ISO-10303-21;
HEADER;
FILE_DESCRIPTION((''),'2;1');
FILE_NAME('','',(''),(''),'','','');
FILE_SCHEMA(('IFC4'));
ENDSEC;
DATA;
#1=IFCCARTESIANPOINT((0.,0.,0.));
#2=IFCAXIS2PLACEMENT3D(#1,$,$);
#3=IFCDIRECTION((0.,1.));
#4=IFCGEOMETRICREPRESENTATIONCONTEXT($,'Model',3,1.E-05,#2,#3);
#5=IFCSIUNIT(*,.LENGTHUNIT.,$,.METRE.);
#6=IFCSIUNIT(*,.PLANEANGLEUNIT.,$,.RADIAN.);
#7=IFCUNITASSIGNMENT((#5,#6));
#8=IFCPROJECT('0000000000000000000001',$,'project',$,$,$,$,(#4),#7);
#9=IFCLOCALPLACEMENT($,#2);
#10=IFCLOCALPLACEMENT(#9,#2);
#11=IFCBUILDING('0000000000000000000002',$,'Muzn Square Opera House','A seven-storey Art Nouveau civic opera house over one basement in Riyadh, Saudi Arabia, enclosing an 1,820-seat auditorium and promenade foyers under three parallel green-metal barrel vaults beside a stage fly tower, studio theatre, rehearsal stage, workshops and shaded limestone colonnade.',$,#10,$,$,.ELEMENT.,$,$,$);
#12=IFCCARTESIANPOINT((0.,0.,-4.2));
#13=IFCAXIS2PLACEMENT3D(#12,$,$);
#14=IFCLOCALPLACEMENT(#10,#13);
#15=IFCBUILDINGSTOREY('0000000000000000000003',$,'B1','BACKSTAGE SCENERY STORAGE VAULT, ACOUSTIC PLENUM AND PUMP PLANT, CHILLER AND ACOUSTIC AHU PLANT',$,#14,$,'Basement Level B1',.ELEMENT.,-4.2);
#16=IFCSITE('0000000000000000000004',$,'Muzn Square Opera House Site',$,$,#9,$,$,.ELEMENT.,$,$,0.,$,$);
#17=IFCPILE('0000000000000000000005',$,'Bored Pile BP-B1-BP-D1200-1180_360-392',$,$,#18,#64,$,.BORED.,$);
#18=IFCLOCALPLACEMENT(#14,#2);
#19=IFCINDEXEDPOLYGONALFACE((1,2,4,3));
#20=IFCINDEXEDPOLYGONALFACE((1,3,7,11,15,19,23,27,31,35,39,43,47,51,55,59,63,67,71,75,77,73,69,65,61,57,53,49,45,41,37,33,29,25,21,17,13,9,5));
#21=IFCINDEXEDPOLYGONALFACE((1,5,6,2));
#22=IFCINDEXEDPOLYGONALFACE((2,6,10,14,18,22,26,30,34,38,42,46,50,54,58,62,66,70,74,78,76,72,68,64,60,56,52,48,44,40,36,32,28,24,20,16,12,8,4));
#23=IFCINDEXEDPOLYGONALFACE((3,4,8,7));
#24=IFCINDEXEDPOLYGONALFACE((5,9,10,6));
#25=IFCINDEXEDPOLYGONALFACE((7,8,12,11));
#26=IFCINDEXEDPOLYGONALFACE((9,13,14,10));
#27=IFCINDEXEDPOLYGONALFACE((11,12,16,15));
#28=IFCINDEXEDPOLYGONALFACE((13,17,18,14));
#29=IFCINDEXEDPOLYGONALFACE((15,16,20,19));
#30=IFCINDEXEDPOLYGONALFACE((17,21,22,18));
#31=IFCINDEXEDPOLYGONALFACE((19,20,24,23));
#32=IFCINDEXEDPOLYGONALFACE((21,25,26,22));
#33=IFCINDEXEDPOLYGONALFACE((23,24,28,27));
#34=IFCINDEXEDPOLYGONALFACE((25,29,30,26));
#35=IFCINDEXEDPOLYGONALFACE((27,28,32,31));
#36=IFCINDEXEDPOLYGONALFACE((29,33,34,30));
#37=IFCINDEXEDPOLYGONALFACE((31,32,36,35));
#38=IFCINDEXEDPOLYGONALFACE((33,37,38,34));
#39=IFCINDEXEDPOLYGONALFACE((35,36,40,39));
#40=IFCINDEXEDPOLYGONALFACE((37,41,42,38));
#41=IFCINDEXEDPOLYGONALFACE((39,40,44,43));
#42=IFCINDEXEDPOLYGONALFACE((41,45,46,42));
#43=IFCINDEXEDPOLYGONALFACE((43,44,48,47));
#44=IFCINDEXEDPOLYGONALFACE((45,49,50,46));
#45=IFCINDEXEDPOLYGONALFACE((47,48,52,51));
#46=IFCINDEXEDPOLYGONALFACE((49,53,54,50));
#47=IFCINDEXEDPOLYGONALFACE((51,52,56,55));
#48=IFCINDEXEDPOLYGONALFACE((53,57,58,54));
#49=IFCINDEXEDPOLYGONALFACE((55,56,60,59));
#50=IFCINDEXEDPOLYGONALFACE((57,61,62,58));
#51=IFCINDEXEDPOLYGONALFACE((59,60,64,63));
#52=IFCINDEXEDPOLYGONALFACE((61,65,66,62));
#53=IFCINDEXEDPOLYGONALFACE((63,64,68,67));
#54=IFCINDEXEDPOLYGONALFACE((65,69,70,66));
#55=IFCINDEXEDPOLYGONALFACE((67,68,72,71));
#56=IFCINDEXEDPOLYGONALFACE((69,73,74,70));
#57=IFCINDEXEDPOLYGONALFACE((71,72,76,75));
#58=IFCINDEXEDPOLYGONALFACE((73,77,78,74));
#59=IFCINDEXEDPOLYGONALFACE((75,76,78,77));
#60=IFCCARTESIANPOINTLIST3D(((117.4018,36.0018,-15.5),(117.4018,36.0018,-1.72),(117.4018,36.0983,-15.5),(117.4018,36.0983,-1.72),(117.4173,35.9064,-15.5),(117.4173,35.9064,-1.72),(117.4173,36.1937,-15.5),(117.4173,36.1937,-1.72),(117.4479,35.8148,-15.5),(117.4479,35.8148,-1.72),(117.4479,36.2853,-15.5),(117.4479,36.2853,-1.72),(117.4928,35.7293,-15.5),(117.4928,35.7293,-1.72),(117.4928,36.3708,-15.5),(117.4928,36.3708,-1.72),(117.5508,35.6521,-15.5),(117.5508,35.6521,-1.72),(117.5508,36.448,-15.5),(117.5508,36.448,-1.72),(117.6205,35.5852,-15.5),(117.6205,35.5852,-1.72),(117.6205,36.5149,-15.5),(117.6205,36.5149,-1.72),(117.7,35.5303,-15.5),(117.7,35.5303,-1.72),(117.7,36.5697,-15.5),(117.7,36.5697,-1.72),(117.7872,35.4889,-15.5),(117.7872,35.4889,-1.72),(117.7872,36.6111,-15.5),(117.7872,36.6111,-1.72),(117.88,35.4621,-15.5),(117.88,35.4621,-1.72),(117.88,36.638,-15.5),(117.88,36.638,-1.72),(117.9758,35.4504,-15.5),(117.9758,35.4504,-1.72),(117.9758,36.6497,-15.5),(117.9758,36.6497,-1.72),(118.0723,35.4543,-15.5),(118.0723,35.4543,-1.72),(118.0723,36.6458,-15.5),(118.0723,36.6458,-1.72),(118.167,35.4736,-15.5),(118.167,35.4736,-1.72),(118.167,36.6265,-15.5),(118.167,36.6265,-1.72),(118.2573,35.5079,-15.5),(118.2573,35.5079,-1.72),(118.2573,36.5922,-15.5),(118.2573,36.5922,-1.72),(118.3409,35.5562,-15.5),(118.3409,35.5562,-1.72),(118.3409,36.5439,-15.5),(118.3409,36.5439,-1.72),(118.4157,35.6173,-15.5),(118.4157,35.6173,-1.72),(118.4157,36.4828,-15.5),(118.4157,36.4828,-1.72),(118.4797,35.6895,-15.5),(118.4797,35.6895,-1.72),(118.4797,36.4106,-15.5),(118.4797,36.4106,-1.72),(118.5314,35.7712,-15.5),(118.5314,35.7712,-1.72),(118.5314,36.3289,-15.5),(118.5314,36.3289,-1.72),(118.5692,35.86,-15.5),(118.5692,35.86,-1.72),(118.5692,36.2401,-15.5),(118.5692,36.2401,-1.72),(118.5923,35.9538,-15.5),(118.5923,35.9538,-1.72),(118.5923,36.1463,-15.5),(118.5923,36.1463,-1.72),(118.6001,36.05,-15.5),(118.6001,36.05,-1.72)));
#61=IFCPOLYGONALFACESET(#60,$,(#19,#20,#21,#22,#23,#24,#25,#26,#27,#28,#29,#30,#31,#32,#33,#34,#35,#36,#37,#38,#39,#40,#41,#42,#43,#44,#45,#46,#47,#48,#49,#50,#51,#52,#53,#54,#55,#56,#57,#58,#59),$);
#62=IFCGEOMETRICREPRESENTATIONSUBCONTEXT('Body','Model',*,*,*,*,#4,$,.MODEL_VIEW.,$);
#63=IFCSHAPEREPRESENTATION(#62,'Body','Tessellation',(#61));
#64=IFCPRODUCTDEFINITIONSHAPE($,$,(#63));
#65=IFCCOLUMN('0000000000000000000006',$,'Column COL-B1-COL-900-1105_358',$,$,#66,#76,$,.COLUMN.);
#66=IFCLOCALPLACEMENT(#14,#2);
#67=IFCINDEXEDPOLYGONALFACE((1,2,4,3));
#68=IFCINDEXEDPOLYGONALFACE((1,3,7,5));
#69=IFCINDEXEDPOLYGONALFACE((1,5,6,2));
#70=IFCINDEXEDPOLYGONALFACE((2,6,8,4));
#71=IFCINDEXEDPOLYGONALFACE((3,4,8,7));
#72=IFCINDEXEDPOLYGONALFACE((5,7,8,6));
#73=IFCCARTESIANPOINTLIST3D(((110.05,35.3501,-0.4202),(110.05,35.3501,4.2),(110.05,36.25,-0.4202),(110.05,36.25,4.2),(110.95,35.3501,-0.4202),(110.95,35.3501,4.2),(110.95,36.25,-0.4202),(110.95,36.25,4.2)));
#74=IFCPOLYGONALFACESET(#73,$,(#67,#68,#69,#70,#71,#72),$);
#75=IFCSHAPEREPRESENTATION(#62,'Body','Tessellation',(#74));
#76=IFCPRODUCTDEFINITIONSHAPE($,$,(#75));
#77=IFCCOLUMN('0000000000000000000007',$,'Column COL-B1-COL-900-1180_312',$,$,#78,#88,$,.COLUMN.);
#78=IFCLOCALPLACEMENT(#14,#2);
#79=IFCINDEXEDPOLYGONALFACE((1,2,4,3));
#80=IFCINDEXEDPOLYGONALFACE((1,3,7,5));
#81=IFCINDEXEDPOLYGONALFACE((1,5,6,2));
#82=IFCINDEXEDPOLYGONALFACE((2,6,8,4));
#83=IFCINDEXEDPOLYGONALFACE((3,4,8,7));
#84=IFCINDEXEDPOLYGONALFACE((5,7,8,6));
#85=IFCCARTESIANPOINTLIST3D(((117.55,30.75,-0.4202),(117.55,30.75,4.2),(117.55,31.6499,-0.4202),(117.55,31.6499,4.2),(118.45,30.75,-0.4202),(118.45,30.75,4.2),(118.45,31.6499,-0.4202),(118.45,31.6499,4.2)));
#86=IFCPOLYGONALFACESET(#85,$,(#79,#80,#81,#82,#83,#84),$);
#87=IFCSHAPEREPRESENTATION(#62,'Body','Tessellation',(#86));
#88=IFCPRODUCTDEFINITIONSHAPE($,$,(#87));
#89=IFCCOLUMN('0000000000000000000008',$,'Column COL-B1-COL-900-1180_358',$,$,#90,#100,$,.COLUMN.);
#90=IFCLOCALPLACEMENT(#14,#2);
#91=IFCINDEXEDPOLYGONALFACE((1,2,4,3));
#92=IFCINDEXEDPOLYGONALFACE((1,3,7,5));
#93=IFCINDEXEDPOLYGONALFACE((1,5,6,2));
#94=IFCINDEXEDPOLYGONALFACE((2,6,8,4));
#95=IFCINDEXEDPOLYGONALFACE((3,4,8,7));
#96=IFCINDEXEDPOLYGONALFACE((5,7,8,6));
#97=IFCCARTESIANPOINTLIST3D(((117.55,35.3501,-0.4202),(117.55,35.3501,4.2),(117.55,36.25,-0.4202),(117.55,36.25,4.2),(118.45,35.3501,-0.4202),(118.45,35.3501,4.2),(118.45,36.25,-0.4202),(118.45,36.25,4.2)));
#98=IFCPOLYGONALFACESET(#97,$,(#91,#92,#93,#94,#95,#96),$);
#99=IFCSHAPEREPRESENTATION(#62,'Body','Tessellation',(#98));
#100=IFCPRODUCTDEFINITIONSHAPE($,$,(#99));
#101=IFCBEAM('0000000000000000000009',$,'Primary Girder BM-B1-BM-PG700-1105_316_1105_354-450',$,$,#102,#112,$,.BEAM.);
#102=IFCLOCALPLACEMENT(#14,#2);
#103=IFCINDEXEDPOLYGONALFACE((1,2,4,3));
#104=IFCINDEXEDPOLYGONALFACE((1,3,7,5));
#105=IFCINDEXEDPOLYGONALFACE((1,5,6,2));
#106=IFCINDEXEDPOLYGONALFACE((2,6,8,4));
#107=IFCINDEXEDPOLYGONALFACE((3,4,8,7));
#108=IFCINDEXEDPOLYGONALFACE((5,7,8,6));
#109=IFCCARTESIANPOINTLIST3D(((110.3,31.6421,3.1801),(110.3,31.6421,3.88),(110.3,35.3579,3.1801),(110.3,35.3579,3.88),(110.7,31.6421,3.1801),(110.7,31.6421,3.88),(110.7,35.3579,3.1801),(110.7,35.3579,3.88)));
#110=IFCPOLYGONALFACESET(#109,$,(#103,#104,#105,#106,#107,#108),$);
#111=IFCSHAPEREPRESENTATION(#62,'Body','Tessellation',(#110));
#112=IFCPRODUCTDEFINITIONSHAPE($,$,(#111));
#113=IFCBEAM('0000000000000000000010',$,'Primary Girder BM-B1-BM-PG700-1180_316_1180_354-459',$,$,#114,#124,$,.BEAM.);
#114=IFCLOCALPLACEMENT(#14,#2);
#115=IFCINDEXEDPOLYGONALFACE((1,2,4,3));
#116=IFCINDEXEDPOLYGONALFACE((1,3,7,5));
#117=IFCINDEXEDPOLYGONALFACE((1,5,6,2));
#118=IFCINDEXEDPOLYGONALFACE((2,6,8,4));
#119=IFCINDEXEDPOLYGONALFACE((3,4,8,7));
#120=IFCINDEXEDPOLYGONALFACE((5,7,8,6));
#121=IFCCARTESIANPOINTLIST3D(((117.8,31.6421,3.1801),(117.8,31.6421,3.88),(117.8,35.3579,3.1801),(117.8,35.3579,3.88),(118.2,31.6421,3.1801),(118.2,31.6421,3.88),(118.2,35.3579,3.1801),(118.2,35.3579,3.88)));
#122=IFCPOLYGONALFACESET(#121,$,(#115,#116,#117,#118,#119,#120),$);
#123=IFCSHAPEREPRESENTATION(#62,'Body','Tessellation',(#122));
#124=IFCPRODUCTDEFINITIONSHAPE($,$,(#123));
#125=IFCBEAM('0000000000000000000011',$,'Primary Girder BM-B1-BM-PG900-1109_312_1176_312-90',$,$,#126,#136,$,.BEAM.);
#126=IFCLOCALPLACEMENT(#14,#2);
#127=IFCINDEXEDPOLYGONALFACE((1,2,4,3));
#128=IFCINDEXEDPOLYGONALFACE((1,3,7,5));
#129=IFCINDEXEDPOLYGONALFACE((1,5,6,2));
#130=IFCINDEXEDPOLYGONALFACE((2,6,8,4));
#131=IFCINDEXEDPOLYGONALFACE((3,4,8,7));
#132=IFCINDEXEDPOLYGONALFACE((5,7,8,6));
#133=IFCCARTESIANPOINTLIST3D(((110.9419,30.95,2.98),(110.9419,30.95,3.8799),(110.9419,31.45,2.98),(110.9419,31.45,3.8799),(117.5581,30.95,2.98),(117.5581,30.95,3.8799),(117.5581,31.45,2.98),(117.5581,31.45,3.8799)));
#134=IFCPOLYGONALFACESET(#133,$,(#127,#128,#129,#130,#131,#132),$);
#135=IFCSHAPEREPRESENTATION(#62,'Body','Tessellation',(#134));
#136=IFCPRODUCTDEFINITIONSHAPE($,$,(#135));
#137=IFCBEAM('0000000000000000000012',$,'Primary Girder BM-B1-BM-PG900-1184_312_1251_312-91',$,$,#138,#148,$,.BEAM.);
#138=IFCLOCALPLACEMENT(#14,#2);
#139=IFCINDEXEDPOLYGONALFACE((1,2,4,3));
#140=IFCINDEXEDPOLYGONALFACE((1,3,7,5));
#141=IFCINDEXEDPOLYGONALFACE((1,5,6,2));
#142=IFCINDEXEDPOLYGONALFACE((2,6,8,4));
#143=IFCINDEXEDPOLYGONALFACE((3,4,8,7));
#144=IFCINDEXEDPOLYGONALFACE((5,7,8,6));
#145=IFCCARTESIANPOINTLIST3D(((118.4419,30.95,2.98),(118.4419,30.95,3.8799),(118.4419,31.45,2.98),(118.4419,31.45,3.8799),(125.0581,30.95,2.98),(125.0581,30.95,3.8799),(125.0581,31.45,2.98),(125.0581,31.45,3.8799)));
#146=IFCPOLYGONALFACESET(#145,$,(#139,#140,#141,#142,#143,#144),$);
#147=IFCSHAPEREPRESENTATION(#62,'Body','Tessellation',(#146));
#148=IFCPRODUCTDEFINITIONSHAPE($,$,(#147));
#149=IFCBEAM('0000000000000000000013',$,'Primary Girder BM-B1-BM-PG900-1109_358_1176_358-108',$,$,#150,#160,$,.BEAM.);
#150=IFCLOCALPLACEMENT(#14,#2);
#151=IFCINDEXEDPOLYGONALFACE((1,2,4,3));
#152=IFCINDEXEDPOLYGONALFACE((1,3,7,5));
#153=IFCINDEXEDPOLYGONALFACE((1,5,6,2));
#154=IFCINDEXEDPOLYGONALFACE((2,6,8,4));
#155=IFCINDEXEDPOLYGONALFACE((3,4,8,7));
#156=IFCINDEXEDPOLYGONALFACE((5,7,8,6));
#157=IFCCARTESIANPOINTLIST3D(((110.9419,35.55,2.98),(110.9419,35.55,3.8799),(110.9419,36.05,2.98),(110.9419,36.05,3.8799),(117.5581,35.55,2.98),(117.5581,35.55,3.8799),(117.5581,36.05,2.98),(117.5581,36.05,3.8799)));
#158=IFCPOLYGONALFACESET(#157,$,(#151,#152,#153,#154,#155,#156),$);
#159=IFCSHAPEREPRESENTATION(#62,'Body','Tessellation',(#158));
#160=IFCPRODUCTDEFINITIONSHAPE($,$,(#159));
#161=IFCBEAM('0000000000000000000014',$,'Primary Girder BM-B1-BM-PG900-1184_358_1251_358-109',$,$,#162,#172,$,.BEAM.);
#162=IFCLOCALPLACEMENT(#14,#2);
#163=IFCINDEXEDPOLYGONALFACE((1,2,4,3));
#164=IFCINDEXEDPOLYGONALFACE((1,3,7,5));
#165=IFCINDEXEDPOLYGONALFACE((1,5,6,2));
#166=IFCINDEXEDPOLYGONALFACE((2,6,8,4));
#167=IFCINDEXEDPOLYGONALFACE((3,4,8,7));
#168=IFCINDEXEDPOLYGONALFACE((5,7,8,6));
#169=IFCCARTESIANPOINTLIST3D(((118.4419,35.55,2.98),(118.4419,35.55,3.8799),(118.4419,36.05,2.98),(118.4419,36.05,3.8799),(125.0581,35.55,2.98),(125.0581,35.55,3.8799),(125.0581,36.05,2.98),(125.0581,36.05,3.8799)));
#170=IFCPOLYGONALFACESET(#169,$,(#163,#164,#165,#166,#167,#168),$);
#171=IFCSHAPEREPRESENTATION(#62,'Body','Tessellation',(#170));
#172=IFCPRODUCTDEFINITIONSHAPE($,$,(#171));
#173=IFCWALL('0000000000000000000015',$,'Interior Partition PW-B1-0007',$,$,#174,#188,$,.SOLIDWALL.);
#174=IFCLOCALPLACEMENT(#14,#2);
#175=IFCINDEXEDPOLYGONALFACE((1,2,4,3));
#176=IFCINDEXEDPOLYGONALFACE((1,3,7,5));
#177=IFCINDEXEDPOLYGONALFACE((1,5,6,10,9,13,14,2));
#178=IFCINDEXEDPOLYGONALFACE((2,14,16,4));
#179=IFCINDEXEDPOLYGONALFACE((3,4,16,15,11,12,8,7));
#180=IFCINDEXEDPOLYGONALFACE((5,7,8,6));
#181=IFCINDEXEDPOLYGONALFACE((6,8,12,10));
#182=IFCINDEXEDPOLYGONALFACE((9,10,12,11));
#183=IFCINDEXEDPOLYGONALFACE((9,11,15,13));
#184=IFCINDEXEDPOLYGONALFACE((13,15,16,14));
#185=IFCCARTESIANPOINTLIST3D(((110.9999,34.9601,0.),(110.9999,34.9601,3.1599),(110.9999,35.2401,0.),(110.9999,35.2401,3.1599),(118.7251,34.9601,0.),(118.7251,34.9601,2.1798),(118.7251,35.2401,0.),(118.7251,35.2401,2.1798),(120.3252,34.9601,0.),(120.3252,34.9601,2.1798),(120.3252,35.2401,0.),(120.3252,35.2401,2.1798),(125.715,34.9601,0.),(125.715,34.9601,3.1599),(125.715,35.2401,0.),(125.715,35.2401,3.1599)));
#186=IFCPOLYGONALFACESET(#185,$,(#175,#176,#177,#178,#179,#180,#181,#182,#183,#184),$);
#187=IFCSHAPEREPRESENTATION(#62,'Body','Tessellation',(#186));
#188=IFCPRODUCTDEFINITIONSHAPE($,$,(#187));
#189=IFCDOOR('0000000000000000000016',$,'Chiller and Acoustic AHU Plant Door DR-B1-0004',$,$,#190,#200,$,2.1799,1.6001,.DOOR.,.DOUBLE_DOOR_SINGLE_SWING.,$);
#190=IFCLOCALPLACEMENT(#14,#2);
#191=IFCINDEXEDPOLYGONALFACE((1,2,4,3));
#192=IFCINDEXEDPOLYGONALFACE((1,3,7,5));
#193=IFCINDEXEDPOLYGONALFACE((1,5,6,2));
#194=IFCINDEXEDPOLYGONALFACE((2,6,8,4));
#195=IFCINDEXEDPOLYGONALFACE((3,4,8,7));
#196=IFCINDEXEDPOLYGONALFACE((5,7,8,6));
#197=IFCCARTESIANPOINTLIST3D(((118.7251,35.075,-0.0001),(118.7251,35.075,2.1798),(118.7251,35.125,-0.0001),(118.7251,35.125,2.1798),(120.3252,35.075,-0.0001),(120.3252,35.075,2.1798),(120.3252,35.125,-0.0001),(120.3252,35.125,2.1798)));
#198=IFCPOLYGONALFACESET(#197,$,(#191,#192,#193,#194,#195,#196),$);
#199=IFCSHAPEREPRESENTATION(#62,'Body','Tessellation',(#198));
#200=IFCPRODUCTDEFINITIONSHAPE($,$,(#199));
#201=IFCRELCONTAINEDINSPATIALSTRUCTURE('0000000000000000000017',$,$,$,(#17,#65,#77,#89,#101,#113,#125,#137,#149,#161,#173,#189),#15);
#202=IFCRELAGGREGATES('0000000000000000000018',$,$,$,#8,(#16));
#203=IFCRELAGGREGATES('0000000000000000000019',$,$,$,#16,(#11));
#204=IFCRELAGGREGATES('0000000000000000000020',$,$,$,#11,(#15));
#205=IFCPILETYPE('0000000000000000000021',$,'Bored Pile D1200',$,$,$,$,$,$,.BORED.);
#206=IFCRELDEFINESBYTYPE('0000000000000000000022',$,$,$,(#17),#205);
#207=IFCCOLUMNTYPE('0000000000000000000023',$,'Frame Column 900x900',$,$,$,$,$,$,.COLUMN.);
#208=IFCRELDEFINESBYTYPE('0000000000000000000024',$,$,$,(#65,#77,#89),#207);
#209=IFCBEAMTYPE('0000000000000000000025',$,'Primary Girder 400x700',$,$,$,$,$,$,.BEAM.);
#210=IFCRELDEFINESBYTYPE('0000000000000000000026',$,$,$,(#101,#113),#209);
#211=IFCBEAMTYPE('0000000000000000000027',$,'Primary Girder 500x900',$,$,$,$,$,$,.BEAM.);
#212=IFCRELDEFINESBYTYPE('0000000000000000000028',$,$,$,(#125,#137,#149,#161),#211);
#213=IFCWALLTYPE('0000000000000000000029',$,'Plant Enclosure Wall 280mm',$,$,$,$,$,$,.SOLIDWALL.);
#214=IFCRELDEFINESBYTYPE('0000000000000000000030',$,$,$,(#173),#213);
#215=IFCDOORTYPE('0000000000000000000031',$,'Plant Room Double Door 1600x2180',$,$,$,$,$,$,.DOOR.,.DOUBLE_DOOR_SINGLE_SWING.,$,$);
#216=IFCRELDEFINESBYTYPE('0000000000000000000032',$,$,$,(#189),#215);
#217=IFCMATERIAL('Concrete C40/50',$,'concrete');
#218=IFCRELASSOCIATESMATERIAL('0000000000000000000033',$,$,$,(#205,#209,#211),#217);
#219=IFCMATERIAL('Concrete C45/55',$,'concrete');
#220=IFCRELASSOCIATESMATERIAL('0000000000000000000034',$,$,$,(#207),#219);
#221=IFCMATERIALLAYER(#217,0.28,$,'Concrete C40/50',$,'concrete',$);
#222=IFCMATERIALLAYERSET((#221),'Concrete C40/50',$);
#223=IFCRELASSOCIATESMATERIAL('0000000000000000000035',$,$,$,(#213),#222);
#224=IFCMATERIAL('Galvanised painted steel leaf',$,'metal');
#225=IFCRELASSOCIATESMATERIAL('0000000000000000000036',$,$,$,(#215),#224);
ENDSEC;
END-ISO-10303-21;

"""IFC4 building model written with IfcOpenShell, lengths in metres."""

from ifc_helpers import new_model, si_unit, direction, frame, frame_2d, origin, origin_2d, place, context, subcontext, project, spatial, rectangle, circle, extrude, material, layer, layer_set, material_profile, profile_set, type_object, element, fill, save


model = new_model("IFC4")

# Units and contexts
model_context = context("Model", 3, precision=1e-05, world=origin(), true_north=direction((0.0, 1.0)))
body_context = subcontext(model_context, "Body", "Model", "MODEL_VIEW")
ifc_project = project(units=[si_unit("LENGTHUNIT", "METRE"), si_unit("PLANEANGLEUNIT", "RADIAN")], contexts=[model_context])

# Site, building, storey
site_placement = place(None, origin())
site = spatial("IfcSite", under=ifc_project, at=site_placement, Name="Muzn Square Opera House Site", CompositionType="ELEMENT", RefElevation=0.0)
building_placement = place(site_placement, origin())
building = spatial("IfcBuilding", under=site, at=building_placement, Name="Muzn Square Opera House", Description="A seven-storey Art Nouveau civic opera house over one basement in Riyadh, Saudi Arabia, enclosing an 1,820-seat auditorium and promenade foyers under three parallel green-metal barrel vaults beside a stage fly tower, studio theatre, rehearsal stage, workshops and shaded limestone colonnade.", CompositionType="ELEMENT")
storey_placement = place(building_placement, frame((0.0, 0.0, -4.2)))
storey = spatial("IfcBuildingStorey", under=building, at=storey_placement, Name="B1", Description="BACKSTAGE SCENERY STORAGE VAULT, ACOUSTIC PLENUM AND PUMP PLANT, CHILLER AND ACOUSTIC AHU PLANT", LongName="Basement Level B1", CompositionType="ELEMENT", Elevation=-4.2)

# Pile
ifc_material_1 = material(Name="Concrete C40/50", Category="concrete")
ifc_material_profile_1 = material_profile(ifc_material_1, circle(Radius=0.6001, at=origin_2d()), Name="BORED PILE D1200", Category="concrete")
ifc_profile_set_1 = profile_set([ifc_material_profile_1], Name="Concrete C40/50")
pile_type = type_object("IfcPileType", Name="Bored Pile D1200", PredefinedType="BORED", material=ifc_profile_set_1)
for number, where, z_axis, x_axis, name in (
    (1, (118.0, 36.05, -1.72), (0.0, 0.0, -1.0), (1.0, 0.0, 0.0), "Bored Pile BP-B1-BP-D1200-1180_360-392"),
):
    element("IfcPile", number, at=place(storey_placement, frame(where, z_axis=z_axis, x_axis=x_axis)), inside=storey, type_object=pile_type, Name=name, PredefinedType="BORED", context=body_context, shape_type="SweptSolid", body=[
        extrude(circle(Radius=0.6001, at=origin_2d()), origin(), (0.0, 0.0, 1.0), 13.78),
    ])

# Columns
ifc_material_2 = material(Name="Concrete C45/55", Category="concrete")
ifc_material_profile_2 = material_profile(ifc_material_2, rectangle(XDim=0.8999, YDim=0.8999, at=origin_2d()), Name="RC 900x900", Category="concrete")
ifc_profile_set_2 = profile_set([ifc_material_profile_2], Name="Concrete C45/55")
column_type = type_object("IfcColumnType", Name="Frame Column 900x900", PredefinedType="COLUMN", material=ifc_profile_set_2)
for number, where, z_axis, x_axis, name in (
    (2, (110.5, 35.8, -0.4202), (0.0, 0.0, 1.0), (1.0, 0.0, 0.0), "Column COL-B1-COL-900-1105_358"),
    (3, (118.0, 31.2, -0.4202), (0.0, 0.0, 1.0), (1.0, 0.0, 0.0), "Column COL-B1-COL-900-1180_312"),
    (4, (118.0, 35.8, -0.4202), (0.0, 0.0, 1.0), (1.0, 0.0, 0.0), "Column COL-B1-COL-900-1180_358"),
):
    element("IfcColumn", number, at=place(storey_placement, frame(where, z_axis=z_axis, x_axis=x_axis)), inside=storey, type_object=column_type, Name=name, PredefinedType="COLUMN", context=body_context, shape_type="SweptSolid", body=[
        extrude(rectangle(XDim=0.8999, YDim=0.8999, at=origin_2d()), origin(), (0.0, 0.0, 1.0), 4.6201),
    ])

# Beams
ifc_material_profile_3 = material_profile(ifc_material_1, rectangle(XDim=0.3999, YDim=0.7, at=origin_2d()), Name="RCB 400x700", Category="concrete")
ifc_profile_set_3 = profile_set([ifc_material_profile_3], Name="Concrete C40/50")
beam_type_1 = type_object("IfcBeamType", Name="Primary Girder 400x700", PredefinedType="BEAM", material=ifc_profile_set_3)
for number, where, z_axis, x_axis, name in (
    (5, (110.5, 31.6421, 3.53), (0.0, 1.0, 0.0), (-1.0, 0.0, 0.0), "Primary Girder BM-B1-BM-PG700-1105_316_1105_354-450"),
    (6, (118.0, 31.6421, 3.53), (0.0, 1.0, 0.0), (-1.0, 0.0, 0.0), "Primary Girder BM-B1-BM-PG700-1180_316_1180_354-459"),
):
    element("IfcBeam", number, at=place(storey_placement, frame(where, z_axis=z_axis, x_axis=x_axis)), inside=storey, type_object=beam_type_1, Name=name, PredefinedType="BEAM", context=body_context, shape_type="SweptSolid", body=[
        extrude(rectangle(XDim=0.3999, YDim=0.7, at=origin_2d()), origin(), (0.0, 0.0, 1.0), 3.7158),
    ])
ifc_material_profile_4 = material_profile(ifc_material_1, rectangle(XDim=0.5, YDim=0.8999, at=origin_2d()), Name="RCB 500x900", Category="concrete")
ifc_profile_set_4 = profile_set([ifc_material_profile_4], Name="Concrete C40/50")
beam_type_2 = type_object("IfcBeamType", Name="Primary Girder 500x900", PredefinedType="BEAM", material=ifc_profile_set_4)
for number, where, z_axis, x_axis, name in (
    (7, (110.9419, 31.2, 3.4299), (1.0, 0.0, 0.0), (0.0, 1.0, 0.0), "Primary Girder BM-B1-BM-PG900-1109_312_1176_312-90"),
    (8, (118.4419, 31.2, 3.4299), (1.0, 0.0, 0.0), (0.0, 1.0, 0.0), "Primary Girder BM-B1-BM-PG900-1184_312_1251_312-91"),
    (9, (110.9419, 35.8, 3.4299), (1.0, 0.0, 0.0), (0.0, 1.0, 0.0), "Primary Girder BM-B1-BM-PG900-1109_358_1176_358-108"),
    (10, (118.4419, 35.8, 3.4299), (1.0, 0.0, 0.0), (0.0, 1.0, 0.0), "Primary Girder BM-B1-BM-PG900-1184_358_1251_358-109"),
):
    element("IfcBeam", number, at=place(storey_placement, frame(where, z_axis=z_axis, x_axis=x_axis)), inside=storey, type_object=beam_type_2, Name=name, PredefinedType="BEAM", context=body_context, shape_type="SweptSolid", body=[
        extrude(rectangle(XDim=0.5, YDim=0.8999, at=origin_2d()), origin(), (0.0, 0.0, 1.0), 6.6162),
    ])

# Wall, opening, door
ifc_layer = layer(ifc_material_1, 0.28, Name="Concrete C40/50", Category="concrete")
ifc_layer_set = layer_set([ifc_layer], Name="Concrete C40/50")
wall_type = type_object("IfcWallType", Name="Plant Enclosure Wall 280mm", PredefinedType="SOLIDWALL", material=ifc_layer_set)
wall_1_placement = place(storey_placement, frame((111.0, 35.1001, 0.0), z_axis=(0.0, 0.0, 1.0), x_axis=(1.0, 0.0, 0.0)))
wall_1 = element("IfcWall", 11, at=wall_1_placement, inside=storey, type_object=wall_type, Name="Interior Partition PW-B1-0007", PredefinedType="SOLIDWALL", context=body_context, shape_type="SweptSolid", body=[
    extrude(rectangle(XDim=14.7151, YDim=0.28, at=frame_2d((7.3574, 0.0))), origin(), (0.0, 0.0, 1.0), 3.1599),
])
opening_1_placement = place(wall_1_placement, frame((7.7251, 0.0, 0.0)))
opening_1 = element("IfcOpeningElement", 12, at=opening_1_placement, cuts=wall_1, PredefinedType="OPENING", context=body_context, shape_type="SweptSolid", body=[
    extrude(rectangle(XDim=1.6001, YDim=2.1799, at=frame_2d((0.8, 1.0898))), frame((0.0, 0.1499, 0.0), z_axis=(0.0, -1.0, 0.0), x_axis=(1.0, 0.0, 0.0)), (0.0, 0.0, 1.0), 0.3),
])
ifc_material_3 = material(Name="Galvanised painted steel leaf", Category="metal")
door_type = type_object("IfcDoorType", Name="Plant Room Double Door 1600x2180", OperationType="DOUBLE_DOOR_SINGLE_SWING", PredefinedType="DOOR", material=ifc_material_3)
door_1_placement = place(opening_1_placement, origin())
door_1 = element("IfcDoor", 13, at=door_1_placement, inside=storey, type_object=door_type, Name="Chiller and Acoustic AHU Plant Door DR-B1-0004", OperationType="DOUBLE_DOOR_SINGLE_SWING", OverallHeight=2.1799, OverallWidth=1.6001, PredefinedType="DOOR", context=body_context, shape_type="SweptSolid", body=[
    extrude(rectangle(XDim=1.6001, YDim=2.1799, at=frame_2d((0.8, 1.0898))), frame((0.0, 0.0249, 0.0), z_axis=(0.0, -1.0, 0.0), x_axis=(1.0, 0.0, 0.0)), (0.0, 0.0, 1.0), 0.05),
])
fill(opening_1, door_1)

save(model, "model.ifc")
